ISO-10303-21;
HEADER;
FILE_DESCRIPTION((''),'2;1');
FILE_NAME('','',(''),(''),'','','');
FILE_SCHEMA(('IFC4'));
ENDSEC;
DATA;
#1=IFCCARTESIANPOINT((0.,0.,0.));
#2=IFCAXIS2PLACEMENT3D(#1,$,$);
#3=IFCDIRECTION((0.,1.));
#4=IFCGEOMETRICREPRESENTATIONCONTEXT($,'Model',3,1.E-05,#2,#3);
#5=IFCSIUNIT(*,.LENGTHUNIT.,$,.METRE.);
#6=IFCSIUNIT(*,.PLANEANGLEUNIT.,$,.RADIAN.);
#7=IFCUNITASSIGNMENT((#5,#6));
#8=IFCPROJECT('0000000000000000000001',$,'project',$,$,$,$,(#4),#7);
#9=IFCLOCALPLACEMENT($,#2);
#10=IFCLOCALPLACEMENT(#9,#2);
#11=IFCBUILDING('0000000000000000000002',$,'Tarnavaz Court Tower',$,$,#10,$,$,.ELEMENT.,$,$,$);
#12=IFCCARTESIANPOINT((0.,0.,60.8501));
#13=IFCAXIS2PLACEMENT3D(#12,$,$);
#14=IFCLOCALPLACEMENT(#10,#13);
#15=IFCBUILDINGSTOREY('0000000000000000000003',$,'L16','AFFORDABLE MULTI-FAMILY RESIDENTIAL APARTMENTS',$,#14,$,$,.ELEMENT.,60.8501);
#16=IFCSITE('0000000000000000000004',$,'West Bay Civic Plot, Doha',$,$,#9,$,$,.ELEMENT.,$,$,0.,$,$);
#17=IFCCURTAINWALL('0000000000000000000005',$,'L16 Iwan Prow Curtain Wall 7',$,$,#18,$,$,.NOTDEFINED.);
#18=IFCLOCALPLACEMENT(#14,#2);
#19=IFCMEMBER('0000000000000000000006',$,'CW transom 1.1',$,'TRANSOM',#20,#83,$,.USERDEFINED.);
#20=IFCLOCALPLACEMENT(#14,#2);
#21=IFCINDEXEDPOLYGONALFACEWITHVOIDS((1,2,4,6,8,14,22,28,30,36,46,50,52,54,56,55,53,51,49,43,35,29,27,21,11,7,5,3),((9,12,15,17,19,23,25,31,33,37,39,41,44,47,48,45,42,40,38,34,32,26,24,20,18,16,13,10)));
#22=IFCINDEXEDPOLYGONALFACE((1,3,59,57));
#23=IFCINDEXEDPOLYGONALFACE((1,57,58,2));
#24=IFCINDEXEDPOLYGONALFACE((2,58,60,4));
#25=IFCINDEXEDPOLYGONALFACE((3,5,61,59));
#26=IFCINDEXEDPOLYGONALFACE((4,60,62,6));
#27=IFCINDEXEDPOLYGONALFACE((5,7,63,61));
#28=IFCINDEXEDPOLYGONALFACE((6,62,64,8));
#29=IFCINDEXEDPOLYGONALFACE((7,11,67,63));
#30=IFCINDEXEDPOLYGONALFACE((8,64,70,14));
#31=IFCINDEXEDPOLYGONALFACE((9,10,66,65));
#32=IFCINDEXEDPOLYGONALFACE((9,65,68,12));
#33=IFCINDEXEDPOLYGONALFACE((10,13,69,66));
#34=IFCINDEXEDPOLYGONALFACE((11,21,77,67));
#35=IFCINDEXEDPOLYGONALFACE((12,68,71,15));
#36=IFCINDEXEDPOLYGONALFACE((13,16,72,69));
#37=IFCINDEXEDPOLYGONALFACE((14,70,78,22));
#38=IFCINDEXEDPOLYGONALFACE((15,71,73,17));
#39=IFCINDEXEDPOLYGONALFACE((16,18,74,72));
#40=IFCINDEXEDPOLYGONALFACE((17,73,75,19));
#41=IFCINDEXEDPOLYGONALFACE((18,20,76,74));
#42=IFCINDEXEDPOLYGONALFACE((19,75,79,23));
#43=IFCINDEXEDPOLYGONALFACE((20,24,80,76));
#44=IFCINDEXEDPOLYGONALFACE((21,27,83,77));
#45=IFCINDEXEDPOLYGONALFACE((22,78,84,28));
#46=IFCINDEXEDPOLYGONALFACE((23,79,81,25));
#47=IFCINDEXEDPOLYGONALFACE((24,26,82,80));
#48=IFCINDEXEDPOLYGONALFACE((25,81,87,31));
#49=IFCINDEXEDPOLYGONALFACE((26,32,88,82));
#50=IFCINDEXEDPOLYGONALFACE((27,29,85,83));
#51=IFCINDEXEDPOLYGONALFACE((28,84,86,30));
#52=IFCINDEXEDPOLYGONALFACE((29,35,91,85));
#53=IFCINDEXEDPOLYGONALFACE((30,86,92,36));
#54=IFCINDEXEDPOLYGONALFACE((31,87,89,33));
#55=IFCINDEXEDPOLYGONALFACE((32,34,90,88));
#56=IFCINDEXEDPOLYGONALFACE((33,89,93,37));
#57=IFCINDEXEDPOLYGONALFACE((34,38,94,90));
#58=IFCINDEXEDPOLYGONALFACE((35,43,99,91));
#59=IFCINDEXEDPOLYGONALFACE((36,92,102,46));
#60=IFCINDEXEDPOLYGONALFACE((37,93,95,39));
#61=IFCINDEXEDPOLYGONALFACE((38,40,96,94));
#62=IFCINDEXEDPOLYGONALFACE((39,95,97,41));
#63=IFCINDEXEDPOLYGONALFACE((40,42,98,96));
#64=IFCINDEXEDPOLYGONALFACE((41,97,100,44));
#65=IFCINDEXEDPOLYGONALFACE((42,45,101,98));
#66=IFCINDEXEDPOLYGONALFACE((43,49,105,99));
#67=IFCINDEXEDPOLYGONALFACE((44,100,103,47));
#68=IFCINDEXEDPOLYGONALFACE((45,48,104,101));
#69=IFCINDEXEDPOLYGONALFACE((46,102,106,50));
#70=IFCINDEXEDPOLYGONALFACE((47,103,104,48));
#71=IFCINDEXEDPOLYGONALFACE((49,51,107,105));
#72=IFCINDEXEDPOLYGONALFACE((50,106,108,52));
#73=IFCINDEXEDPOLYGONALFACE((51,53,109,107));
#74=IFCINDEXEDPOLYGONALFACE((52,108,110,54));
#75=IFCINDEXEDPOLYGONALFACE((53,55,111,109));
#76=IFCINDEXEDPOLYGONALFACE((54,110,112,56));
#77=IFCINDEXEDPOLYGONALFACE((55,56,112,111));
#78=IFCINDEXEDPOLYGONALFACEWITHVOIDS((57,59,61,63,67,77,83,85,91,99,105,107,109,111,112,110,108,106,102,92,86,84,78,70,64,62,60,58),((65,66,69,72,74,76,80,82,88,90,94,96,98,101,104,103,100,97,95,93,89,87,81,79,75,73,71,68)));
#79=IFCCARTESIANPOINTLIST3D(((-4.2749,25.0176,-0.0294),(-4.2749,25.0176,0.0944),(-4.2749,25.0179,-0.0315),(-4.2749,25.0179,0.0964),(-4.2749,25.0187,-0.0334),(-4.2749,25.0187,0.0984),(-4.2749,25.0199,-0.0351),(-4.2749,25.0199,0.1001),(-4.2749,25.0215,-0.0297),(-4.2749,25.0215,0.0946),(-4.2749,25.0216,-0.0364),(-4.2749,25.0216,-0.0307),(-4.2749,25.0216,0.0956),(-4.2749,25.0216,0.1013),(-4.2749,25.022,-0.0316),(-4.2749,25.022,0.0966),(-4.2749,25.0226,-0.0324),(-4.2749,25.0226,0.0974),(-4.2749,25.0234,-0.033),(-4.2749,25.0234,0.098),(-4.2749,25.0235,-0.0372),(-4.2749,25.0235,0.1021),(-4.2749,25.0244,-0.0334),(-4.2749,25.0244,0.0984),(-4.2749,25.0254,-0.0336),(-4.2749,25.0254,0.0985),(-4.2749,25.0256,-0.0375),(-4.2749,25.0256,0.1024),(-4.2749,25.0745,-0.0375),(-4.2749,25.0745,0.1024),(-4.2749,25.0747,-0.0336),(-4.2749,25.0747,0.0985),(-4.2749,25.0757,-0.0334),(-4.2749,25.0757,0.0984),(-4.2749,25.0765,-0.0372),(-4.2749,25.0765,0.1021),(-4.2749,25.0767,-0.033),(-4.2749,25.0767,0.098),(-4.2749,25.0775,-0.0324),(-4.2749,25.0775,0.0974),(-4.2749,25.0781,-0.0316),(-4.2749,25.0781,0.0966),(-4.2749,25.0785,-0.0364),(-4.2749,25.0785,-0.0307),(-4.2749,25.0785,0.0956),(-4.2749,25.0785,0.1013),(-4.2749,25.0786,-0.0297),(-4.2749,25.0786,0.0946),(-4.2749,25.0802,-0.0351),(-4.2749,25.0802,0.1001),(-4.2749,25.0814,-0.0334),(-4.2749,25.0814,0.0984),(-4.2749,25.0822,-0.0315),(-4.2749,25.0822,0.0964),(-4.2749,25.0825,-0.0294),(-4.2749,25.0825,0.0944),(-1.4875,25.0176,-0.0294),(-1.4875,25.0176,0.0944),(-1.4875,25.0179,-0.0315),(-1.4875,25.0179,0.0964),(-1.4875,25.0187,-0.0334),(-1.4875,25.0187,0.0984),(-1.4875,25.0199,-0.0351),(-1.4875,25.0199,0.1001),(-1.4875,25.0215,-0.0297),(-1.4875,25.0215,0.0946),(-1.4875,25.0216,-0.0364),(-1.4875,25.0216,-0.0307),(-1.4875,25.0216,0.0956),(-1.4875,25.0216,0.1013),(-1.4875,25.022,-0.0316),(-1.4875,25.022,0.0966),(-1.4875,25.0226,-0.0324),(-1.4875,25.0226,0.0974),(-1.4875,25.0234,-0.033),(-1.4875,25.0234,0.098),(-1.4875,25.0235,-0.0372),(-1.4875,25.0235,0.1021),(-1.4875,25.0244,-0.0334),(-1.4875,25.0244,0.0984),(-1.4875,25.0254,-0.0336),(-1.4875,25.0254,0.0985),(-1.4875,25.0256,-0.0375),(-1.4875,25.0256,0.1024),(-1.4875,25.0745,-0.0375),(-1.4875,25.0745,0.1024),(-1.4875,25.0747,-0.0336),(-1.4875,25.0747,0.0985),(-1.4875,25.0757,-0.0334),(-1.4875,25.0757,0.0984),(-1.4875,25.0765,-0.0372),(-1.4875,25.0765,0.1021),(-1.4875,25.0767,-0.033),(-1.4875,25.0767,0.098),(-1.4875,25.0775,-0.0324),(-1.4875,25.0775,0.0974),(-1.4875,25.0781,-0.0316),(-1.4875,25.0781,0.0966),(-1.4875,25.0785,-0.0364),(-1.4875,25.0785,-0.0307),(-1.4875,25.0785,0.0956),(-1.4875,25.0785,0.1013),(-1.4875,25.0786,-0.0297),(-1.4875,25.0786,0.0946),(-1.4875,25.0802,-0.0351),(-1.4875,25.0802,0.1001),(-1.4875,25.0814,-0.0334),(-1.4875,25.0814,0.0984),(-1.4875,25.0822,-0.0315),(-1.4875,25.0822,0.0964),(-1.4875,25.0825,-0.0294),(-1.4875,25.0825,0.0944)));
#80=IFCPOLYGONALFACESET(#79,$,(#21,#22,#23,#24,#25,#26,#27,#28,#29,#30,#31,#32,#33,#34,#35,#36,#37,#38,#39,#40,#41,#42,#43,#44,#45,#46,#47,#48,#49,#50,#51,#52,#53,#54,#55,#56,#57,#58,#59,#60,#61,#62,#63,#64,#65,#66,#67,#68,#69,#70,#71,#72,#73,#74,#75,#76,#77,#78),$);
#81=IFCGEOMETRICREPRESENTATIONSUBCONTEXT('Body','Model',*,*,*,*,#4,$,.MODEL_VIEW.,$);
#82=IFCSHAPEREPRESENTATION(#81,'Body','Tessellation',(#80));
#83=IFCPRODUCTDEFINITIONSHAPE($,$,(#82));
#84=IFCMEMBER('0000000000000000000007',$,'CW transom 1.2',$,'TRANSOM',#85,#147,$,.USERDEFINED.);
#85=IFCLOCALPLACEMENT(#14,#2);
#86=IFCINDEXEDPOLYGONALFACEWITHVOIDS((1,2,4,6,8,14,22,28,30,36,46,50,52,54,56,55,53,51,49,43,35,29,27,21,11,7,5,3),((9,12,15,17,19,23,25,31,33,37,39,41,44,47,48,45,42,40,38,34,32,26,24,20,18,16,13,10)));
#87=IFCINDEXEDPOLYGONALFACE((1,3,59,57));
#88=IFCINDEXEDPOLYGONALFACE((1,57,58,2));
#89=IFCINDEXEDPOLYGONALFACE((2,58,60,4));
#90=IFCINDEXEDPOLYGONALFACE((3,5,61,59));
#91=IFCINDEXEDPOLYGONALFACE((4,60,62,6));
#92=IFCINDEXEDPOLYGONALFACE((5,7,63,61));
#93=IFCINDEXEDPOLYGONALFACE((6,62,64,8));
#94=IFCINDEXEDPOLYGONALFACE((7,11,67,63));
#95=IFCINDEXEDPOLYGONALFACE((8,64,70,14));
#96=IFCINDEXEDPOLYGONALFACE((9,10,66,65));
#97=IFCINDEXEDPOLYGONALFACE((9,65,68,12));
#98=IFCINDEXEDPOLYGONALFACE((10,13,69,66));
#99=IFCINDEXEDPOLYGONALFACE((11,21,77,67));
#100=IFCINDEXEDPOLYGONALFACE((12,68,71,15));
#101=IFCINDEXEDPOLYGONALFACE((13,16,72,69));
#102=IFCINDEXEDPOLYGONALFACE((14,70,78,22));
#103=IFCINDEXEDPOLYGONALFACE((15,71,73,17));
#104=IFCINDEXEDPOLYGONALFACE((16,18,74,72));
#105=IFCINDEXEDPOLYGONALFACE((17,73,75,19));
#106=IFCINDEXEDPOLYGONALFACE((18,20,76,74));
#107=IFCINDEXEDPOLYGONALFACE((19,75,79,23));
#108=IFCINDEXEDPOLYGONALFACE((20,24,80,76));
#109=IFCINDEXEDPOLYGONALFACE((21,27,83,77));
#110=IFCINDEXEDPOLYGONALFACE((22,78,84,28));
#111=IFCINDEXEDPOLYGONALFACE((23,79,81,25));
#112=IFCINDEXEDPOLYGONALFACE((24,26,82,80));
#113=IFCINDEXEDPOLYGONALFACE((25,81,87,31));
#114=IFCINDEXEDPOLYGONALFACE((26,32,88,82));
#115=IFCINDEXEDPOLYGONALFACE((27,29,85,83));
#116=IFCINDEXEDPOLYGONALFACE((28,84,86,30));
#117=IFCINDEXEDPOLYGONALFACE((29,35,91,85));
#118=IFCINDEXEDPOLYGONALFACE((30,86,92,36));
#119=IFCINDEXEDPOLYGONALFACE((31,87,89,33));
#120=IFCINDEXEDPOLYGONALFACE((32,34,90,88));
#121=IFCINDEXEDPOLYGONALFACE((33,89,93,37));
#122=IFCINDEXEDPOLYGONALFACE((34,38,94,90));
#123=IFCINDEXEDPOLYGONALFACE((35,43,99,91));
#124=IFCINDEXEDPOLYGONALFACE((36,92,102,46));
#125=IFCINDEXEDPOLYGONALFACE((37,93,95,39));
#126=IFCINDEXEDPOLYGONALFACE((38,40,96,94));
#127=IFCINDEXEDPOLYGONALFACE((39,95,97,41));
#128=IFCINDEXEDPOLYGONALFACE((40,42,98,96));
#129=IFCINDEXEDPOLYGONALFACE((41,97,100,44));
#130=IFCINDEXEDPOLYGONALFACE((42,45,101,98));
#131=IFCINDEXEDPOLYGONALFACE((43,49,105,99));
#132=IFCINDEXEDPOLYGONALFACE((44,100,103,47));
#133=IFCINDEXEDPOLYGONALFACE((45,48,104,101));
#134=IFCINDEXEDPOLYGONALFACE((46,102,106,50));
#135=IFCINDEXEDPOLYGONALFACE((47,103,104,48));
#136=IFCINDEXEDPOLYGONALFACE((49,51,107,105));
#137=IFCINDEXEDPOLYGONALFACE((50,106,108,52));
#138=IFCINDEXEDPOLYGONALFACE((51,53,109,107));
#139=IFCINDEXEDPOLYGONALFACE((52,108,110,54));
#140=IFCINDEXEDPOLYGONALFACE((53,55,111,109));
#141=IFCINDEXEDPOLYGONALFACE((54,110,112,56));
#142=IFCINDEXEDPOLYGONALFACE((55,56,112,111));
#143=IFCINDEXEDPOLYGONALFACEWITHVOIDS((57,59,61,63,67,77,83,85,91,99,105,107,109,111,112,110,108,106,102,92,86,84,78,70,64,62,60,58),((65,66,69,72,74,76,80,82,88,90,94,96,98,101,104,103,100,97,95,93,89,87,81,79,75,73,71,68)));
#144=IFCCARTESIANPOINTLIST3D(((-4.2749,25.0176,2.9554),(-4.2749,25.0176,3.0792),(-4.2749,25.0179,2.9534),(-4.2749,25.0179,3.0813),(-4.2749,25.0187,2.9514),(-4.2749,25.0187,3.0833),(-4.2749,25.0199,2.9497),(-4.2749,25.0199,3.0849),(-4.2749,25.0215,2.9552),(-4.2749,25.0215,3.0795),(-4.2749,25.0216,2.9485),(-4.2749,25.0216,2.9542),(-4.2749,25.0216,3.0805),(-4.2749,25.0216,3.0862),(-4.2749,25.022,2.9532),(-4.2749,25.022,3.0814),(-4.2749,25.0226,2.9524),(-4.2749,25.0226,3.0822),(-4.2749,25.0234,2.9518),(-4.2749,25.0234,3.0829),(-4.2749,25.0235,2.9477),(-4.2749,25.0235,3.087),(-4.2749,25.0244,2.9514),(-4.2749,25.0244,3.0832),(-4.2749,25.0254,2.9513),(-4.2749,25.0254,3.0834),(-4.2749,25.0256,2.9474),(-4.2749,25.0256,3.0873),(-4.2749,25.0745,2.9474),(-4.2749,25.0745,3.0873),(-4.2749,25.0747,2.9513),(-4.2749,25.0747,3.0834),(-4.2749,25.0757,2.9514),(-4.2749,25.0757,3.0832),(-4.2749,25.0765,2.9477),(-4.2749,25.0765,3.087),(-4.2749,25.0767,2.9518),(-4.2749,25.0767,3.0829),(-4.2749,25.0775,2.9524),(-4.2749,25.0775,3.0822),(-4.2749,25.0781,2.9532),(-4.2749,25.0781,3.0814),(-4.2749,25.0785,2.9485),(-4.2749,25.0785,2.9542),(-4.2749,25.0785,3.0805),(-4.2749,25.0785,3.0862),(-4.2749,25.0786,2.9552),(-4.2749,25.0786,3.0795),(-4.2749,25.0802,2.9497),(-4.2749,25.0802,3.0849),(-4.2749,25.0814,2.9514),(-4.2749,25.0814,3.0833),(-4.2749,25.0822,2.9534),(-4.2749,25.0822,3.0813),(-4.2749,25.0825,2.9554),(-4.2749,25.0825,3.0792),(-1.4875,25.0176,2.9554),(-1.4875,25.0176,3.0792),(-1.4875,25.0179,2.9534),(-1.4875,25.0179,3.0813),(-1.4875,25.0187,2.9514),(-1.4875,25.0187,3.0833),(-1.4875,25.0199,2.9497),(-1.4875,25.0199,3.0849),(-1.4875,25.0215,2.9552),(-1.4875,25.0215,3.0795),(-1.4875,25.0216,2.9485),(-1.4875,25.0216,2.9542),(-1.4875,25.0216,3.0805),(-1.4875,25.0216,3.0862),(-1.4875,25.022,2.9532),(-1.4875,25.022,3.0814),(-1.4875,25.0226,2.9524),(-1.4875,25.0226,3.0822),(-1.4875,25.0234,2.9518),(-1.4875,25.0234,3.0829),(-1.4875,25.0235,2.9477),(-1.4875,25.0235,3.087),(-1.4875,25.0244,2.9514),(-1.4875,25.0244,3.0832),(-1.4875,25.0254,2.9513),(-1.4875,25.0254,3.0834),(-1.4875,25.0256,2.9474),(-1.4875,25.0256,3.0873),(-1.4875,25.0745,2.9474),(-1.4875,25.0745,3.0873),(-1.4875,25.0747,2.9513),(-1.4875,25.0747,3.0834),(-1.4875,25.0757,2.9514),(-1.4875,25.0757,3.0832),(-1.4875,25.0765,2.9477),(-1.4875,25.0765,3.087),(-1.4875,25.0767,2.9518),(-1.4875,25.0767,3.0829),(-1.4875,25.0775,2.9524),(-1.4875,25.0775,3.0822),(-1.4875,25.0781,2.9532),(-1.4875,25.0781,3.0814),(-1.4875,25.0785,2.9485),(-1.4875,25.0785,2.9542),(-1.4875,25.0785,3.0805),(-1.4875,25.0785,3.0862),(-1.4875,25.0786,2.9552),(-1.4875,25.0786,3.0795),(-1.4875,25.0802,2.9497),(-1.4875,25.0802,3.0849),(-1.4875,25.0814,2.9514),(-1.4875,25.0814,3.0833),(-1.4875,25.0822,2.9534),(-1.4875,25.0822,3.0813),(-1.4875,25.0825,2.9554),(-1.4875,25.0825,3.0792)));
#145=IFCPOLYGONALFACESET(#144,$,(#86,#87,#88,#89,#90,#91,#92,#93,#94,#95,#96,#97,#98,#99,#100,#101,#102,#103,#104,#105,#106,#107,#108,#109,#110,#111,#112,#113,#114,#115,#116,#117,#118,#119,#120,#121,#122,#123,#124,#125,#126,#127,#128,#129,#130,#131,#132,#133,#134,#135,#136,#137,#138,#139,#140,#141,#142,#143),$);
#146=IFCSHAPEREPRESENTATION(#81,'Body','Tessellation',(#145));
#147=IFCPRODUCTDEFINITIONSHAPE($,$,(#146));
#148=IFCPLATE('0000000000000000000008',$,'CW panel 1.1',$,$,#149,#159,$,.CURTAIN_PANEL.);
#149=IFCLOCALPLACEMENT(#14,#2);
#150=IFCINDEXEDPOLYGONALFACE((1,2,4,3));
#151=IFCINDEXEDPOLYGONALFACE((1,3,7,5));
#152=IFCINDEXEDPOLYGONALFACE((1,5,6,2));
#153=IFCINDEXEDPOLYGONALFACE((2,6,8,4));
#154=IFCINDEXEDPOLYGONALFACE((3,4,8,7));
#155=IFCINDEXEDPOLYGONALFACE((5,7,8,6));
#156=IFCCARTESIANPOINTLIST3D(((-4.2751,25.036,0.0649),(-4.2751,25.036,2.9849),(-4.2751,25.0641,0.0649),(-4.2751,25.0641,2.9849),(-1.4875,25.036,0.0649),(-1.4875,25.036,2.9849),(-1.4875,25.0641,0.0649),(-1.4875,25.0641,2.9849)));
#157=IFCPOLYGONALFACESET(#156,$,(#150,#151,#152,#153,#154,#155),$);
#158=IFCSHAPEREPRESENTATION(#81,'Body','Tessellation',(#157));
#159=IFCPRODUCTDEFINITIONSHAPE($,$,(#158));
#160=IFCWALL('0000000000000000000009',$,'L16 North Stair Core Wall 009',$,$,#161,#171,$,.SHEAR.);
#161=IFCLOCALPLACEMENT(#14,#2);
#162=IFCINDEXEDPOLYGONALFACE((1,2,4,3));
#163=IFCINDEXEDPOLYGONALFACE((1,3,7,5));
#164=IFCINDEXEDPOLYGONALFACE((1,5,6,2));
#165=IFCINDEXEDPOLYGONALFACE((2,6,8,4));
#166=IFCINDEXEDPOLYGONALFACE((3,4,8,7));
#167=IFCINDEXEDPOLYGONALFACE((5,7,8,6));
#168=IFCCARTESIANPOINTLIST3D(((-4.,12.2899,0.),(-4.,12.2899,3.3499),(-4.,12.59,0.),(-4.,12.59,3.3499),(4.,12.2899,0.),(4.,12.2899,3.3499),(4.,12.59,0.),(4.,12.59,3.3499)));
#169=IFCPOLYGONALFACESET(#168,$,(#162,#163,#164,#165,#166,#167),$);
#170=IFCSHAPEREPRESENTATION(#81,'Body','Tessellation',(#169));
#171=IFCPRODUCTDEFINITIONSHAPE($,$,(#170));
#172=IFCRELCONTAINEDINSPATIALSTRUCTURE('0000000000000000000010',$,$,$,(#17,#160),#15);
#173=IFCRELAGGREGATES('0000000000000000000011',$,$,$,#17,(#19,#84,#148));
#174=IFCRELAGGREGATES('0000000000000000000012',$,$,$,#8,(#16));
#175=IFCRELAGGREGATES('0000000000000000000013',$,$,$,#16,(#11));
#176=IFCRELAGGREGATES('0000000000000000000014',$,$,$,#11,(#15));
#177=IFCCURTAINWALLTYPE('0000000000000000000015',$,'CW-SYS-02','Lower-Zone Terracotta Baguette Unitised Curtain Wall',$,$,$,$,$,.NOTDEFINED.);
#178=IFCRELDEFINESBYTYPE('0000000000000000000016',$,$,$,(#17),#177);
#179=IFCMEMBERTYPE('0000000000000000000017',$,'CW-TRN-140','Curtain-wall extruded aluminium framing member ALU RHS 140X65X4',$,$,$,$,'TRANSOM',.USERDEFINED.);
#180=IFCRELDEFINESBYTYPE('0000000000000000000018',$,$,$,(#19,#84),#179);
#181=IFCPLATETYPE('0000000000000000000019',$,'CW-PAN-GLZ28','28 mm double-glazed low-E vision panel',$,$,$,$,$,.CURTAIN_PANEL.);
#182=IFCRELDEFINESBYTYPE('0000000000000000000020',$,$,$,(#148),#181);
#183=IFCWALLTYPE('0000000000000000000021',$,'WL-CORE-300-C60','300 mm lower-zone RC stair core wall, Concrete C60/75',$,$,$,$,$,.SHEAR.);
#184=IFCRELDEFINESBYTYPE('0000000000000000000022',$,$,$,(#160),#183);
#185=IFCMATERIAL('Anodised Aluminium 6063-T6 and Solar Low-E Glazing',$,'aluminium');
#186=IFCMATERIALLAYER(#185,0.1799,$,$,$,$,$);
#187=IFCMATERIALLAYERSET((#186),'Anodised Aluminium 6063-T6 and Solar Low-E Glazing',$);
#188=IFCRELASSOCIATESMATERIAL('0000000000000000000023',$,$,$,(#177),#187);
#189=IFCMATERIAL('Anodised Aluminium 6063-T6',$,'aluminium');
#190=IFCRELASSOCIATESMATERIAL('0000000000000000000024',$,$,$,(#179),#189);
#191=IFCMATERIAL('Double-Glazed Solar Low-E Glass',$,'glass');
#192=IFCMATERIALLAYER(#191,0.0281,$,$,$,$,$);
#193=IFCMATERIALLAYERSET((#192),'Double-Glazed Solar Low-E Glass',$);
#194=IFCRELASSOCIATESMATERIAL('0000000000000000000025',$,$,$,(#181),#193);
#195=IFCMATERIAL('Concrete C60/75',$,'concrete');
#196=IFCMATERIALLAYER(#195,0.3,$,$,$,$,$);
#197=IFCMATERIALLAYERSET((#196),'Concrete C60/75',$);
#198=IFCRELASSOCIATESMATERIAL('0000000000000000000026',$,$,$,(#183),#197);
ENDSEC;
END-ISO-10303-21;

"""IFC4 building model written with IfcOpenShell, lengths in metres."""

from ifc_helpers import new_model, si_unit, direction, frame, frame_2d, origin, origin_2d, place, context, subcontext, project, spatial, rectangle, hollow_rectangle, extrude, material, layer, layer_set, material_profile, profile_set, type_object, element, aggregate, save


model = new_model("IFC4")

# Units and contexts
model_context = context("Model", 3, precision=1e-05, world=origin(), true_north=direction((0.0, 1.0)))
body_context = subcontext(model_context, "Body", "Model", "MODEL_VIEW")
ifc_project = project(units=[si_unit("LENGTHUNIT", "METRE"), si_unit("PLANEANGLEUNIT", "RADIAN")], contexts=[model_context])

# Site, building, storey
site_placement = place(None, origin())
site = spatial("IfcSite", under=ifc_project, at=site_placement, Name="West Bay Civic Plot, Doha", CompositionType="ELEMENT", RefElevation=0.0)
building_placement = place(site_placement, origin())
building = spatial("IfcBuilding", under=site, at=building_placement, Name="Tarnavaz Court Tower", CompositionType="ELEMENT")
storey_placement = place(building_placement, frame((0.0, 0.0, 60.8501)))
storey = spatial("IfcBuildingStorey", under=building, at=storey_placement, Name="L16", Description="AFFORDABLE MULTI-FAMILY RESIDENTIAL APARTMENTS", CompositionType="ELEMENT", Elevation=60.8501)

# Shared definitions
ifc_material_1 = material(Name="Concrete C60/75", Category="concrete")

# Curtain wall, members, plate
ifc_material_2 = material(Name="Anodised Aluminium 6063-T6 and Solar Low-E Glazing", Category="aluminium")
ifc_layer_1 = layer(ifc_material_2, 0.1799)
ifc_layer_set_1 = layer_set([ifc_layer_1], Name="Anodised Aluminium 6063-T6 and Solar Low-E Glazing")
curtain_wall_type = type_object("IfcCurtainWallType", Name="CW-SYS-02", Description="Lower-Zone Terracotta Baguette Unitised Curtain Wall", PredefinedType="NOTDEFINED", material=ifc_layer_set_1)
curtain_wall_placement = place(storey_placement, origin())
curtain_wall = element("IfcCurtainWall", 1, at=curtain_wall_placement, inside=storey, type_object=curtain_wall_type, Name="L16 Iwan Prow Curtain Wall 7", PredefinedType="NOTDEFINED")
ifc_material_3 = material(Name="Anodised Aluminium 6063-T6", Category="aluminium")
ifc_material_profile_1 = material_profile(ifc_material_3, hollow_rectangle(XDim=0.0649, YDim=0.1399, WallThickness=0.0039, InnerFilletRadius=0.0039, OuterFilletRadius=0.0081, at=origin_2d()), Name="ALU RHS 140X65X4")
ifc_profile_set_1 = profile_set([ifc_material_profile_1], Name="Anodised Aluminium 6063-T6")
member_type_1 = type_object("IfcMemberType", Name="CW-TRN-140", Description="Curtain-wall extruded aluminium framing member ALU RHS 140X65X4", ElementType="TRANSOM", PredefinedType="USERDEFINED", material=ifc_profile_set_1)
member_1_placement = place(storey_placement, frame((-4.2749, 25.05, 0.0325), z_axis=(1.0, 0.0, 0.0), x_axis=(0.0, 1.0, 0.0)))
member_1 = element("IfcMember", 2, at=member_1_placement, type_object=member_type_1, Name="CW transom 1.1", ObjectType="TRANSOM", PredefinedType="USERDEFINED", context=body_context, shape_type="SweptSolid", body=[
    extrude(hollow_rectangle(XDim=0.0649, YDim=0.1399, WallThickness=0.0039, InnerFilletRadius=0.0039, OuterFilletRadius=0.0081, at=origin_2d()), origin(), (0.0, 0.0, 1.0), 2.7874),
])
member_2_placement = place(storey_placement, frame((-4.2749, 25.05, 3.0173), z_axis=(1.0, 0.0, 0.0), x_axis=(0.0, 1.0, 0.0)))
member_2 = element("IfcMember", 3, at=member_2_placement, type_object=member_type_1, Name="CW transom 1.2", ObjectType="TRANSOM", PredefinedType="USERDEFINED", context=body_context, shape_type="SweptSolid", body=[
    extrude(hollow_rectangle(XDim=0.0649, YDim=0.1399, WallThickness=0.0039, InnerFilletRadius=0.0039, OuterFilletRadius=0.0081, at=origin_2d()), origin(), (0.0, 0.0, 1.0), 2.7874),
])
ifc_material_4 = material(Name="Double-Glazed Solar Low-E Glass", Category="glass")
ifc_layer_2 = layer(ifc_material_4, 0.0281)
ifc_layer_set_2 = layer_set([ifc_layer_2], Name="Double-Glazed Solar Low-E Glass")
plate_type = type_object("IfcPlateType", Name="CW-PAN-GLZ28", Description="28 mm double-glazed low-E vision panel", PredefinedType="CURTAIN_PANEL", material=ifc_layer_set_2)
plate_placement = place(storey_placement, frame((-2.8813, 25.05, 0.0649), z_axis=(0.0, 0.0, 1.0), x_axis=(1.0, 0.0, 0.0)))
plate = element("IfcPlate", 4, at=plate_placement, type_object=plate_type, Name="CW panel 1.1", PredefinedType="CURTAIN_PANEL", context=body_context, shape_type="SweptSolid", body=[
    extrude(rectangle(XDim=2.7876, YDim=0.0281, at=origin_2d()), origin(), (0.0, 0.0, 1.0), 2.9199),
])
aggregate(curtain_wall, [member_1, member_2, plate])

# Wall
ifc_layer_3 = layer(ifc_material_1, 0.3)
ifc_layer_set_3 = layer_set([ifc_layer_3], Name="Concrete C60/75")
wall_type_1 = type_object("IfcWallType", Name="WL-CORE-300-C60", Description="300 mm lower-zone RC stair core wall, Concrete C60/75", PredefinedType="SHEAR", material=ifc_layer_set_3)
wall_1_placement = place(storey_placement, frame((-4.0, 12.4399, 0.0), z_axis=(0.0, 0.0, 1.0), x_axis=(1.0, 0.0, 0.0)))
element("IfcWall", 5, at=wall_1_placement, inside=storey, type_object=wall_type_1, Name="L16 North Stair Core Wall 009", PredefinedType="SHEAR", context=body_context, shape_type="SweptSolid", body=[
    extrude(rectangle(XDim=8.0, YDim=0.3, at=frame_2d((4.0, 0.0))), origin(), (0.0, 0.0, 1.0), 3.3499),
])

save(model, "model.ifc")
